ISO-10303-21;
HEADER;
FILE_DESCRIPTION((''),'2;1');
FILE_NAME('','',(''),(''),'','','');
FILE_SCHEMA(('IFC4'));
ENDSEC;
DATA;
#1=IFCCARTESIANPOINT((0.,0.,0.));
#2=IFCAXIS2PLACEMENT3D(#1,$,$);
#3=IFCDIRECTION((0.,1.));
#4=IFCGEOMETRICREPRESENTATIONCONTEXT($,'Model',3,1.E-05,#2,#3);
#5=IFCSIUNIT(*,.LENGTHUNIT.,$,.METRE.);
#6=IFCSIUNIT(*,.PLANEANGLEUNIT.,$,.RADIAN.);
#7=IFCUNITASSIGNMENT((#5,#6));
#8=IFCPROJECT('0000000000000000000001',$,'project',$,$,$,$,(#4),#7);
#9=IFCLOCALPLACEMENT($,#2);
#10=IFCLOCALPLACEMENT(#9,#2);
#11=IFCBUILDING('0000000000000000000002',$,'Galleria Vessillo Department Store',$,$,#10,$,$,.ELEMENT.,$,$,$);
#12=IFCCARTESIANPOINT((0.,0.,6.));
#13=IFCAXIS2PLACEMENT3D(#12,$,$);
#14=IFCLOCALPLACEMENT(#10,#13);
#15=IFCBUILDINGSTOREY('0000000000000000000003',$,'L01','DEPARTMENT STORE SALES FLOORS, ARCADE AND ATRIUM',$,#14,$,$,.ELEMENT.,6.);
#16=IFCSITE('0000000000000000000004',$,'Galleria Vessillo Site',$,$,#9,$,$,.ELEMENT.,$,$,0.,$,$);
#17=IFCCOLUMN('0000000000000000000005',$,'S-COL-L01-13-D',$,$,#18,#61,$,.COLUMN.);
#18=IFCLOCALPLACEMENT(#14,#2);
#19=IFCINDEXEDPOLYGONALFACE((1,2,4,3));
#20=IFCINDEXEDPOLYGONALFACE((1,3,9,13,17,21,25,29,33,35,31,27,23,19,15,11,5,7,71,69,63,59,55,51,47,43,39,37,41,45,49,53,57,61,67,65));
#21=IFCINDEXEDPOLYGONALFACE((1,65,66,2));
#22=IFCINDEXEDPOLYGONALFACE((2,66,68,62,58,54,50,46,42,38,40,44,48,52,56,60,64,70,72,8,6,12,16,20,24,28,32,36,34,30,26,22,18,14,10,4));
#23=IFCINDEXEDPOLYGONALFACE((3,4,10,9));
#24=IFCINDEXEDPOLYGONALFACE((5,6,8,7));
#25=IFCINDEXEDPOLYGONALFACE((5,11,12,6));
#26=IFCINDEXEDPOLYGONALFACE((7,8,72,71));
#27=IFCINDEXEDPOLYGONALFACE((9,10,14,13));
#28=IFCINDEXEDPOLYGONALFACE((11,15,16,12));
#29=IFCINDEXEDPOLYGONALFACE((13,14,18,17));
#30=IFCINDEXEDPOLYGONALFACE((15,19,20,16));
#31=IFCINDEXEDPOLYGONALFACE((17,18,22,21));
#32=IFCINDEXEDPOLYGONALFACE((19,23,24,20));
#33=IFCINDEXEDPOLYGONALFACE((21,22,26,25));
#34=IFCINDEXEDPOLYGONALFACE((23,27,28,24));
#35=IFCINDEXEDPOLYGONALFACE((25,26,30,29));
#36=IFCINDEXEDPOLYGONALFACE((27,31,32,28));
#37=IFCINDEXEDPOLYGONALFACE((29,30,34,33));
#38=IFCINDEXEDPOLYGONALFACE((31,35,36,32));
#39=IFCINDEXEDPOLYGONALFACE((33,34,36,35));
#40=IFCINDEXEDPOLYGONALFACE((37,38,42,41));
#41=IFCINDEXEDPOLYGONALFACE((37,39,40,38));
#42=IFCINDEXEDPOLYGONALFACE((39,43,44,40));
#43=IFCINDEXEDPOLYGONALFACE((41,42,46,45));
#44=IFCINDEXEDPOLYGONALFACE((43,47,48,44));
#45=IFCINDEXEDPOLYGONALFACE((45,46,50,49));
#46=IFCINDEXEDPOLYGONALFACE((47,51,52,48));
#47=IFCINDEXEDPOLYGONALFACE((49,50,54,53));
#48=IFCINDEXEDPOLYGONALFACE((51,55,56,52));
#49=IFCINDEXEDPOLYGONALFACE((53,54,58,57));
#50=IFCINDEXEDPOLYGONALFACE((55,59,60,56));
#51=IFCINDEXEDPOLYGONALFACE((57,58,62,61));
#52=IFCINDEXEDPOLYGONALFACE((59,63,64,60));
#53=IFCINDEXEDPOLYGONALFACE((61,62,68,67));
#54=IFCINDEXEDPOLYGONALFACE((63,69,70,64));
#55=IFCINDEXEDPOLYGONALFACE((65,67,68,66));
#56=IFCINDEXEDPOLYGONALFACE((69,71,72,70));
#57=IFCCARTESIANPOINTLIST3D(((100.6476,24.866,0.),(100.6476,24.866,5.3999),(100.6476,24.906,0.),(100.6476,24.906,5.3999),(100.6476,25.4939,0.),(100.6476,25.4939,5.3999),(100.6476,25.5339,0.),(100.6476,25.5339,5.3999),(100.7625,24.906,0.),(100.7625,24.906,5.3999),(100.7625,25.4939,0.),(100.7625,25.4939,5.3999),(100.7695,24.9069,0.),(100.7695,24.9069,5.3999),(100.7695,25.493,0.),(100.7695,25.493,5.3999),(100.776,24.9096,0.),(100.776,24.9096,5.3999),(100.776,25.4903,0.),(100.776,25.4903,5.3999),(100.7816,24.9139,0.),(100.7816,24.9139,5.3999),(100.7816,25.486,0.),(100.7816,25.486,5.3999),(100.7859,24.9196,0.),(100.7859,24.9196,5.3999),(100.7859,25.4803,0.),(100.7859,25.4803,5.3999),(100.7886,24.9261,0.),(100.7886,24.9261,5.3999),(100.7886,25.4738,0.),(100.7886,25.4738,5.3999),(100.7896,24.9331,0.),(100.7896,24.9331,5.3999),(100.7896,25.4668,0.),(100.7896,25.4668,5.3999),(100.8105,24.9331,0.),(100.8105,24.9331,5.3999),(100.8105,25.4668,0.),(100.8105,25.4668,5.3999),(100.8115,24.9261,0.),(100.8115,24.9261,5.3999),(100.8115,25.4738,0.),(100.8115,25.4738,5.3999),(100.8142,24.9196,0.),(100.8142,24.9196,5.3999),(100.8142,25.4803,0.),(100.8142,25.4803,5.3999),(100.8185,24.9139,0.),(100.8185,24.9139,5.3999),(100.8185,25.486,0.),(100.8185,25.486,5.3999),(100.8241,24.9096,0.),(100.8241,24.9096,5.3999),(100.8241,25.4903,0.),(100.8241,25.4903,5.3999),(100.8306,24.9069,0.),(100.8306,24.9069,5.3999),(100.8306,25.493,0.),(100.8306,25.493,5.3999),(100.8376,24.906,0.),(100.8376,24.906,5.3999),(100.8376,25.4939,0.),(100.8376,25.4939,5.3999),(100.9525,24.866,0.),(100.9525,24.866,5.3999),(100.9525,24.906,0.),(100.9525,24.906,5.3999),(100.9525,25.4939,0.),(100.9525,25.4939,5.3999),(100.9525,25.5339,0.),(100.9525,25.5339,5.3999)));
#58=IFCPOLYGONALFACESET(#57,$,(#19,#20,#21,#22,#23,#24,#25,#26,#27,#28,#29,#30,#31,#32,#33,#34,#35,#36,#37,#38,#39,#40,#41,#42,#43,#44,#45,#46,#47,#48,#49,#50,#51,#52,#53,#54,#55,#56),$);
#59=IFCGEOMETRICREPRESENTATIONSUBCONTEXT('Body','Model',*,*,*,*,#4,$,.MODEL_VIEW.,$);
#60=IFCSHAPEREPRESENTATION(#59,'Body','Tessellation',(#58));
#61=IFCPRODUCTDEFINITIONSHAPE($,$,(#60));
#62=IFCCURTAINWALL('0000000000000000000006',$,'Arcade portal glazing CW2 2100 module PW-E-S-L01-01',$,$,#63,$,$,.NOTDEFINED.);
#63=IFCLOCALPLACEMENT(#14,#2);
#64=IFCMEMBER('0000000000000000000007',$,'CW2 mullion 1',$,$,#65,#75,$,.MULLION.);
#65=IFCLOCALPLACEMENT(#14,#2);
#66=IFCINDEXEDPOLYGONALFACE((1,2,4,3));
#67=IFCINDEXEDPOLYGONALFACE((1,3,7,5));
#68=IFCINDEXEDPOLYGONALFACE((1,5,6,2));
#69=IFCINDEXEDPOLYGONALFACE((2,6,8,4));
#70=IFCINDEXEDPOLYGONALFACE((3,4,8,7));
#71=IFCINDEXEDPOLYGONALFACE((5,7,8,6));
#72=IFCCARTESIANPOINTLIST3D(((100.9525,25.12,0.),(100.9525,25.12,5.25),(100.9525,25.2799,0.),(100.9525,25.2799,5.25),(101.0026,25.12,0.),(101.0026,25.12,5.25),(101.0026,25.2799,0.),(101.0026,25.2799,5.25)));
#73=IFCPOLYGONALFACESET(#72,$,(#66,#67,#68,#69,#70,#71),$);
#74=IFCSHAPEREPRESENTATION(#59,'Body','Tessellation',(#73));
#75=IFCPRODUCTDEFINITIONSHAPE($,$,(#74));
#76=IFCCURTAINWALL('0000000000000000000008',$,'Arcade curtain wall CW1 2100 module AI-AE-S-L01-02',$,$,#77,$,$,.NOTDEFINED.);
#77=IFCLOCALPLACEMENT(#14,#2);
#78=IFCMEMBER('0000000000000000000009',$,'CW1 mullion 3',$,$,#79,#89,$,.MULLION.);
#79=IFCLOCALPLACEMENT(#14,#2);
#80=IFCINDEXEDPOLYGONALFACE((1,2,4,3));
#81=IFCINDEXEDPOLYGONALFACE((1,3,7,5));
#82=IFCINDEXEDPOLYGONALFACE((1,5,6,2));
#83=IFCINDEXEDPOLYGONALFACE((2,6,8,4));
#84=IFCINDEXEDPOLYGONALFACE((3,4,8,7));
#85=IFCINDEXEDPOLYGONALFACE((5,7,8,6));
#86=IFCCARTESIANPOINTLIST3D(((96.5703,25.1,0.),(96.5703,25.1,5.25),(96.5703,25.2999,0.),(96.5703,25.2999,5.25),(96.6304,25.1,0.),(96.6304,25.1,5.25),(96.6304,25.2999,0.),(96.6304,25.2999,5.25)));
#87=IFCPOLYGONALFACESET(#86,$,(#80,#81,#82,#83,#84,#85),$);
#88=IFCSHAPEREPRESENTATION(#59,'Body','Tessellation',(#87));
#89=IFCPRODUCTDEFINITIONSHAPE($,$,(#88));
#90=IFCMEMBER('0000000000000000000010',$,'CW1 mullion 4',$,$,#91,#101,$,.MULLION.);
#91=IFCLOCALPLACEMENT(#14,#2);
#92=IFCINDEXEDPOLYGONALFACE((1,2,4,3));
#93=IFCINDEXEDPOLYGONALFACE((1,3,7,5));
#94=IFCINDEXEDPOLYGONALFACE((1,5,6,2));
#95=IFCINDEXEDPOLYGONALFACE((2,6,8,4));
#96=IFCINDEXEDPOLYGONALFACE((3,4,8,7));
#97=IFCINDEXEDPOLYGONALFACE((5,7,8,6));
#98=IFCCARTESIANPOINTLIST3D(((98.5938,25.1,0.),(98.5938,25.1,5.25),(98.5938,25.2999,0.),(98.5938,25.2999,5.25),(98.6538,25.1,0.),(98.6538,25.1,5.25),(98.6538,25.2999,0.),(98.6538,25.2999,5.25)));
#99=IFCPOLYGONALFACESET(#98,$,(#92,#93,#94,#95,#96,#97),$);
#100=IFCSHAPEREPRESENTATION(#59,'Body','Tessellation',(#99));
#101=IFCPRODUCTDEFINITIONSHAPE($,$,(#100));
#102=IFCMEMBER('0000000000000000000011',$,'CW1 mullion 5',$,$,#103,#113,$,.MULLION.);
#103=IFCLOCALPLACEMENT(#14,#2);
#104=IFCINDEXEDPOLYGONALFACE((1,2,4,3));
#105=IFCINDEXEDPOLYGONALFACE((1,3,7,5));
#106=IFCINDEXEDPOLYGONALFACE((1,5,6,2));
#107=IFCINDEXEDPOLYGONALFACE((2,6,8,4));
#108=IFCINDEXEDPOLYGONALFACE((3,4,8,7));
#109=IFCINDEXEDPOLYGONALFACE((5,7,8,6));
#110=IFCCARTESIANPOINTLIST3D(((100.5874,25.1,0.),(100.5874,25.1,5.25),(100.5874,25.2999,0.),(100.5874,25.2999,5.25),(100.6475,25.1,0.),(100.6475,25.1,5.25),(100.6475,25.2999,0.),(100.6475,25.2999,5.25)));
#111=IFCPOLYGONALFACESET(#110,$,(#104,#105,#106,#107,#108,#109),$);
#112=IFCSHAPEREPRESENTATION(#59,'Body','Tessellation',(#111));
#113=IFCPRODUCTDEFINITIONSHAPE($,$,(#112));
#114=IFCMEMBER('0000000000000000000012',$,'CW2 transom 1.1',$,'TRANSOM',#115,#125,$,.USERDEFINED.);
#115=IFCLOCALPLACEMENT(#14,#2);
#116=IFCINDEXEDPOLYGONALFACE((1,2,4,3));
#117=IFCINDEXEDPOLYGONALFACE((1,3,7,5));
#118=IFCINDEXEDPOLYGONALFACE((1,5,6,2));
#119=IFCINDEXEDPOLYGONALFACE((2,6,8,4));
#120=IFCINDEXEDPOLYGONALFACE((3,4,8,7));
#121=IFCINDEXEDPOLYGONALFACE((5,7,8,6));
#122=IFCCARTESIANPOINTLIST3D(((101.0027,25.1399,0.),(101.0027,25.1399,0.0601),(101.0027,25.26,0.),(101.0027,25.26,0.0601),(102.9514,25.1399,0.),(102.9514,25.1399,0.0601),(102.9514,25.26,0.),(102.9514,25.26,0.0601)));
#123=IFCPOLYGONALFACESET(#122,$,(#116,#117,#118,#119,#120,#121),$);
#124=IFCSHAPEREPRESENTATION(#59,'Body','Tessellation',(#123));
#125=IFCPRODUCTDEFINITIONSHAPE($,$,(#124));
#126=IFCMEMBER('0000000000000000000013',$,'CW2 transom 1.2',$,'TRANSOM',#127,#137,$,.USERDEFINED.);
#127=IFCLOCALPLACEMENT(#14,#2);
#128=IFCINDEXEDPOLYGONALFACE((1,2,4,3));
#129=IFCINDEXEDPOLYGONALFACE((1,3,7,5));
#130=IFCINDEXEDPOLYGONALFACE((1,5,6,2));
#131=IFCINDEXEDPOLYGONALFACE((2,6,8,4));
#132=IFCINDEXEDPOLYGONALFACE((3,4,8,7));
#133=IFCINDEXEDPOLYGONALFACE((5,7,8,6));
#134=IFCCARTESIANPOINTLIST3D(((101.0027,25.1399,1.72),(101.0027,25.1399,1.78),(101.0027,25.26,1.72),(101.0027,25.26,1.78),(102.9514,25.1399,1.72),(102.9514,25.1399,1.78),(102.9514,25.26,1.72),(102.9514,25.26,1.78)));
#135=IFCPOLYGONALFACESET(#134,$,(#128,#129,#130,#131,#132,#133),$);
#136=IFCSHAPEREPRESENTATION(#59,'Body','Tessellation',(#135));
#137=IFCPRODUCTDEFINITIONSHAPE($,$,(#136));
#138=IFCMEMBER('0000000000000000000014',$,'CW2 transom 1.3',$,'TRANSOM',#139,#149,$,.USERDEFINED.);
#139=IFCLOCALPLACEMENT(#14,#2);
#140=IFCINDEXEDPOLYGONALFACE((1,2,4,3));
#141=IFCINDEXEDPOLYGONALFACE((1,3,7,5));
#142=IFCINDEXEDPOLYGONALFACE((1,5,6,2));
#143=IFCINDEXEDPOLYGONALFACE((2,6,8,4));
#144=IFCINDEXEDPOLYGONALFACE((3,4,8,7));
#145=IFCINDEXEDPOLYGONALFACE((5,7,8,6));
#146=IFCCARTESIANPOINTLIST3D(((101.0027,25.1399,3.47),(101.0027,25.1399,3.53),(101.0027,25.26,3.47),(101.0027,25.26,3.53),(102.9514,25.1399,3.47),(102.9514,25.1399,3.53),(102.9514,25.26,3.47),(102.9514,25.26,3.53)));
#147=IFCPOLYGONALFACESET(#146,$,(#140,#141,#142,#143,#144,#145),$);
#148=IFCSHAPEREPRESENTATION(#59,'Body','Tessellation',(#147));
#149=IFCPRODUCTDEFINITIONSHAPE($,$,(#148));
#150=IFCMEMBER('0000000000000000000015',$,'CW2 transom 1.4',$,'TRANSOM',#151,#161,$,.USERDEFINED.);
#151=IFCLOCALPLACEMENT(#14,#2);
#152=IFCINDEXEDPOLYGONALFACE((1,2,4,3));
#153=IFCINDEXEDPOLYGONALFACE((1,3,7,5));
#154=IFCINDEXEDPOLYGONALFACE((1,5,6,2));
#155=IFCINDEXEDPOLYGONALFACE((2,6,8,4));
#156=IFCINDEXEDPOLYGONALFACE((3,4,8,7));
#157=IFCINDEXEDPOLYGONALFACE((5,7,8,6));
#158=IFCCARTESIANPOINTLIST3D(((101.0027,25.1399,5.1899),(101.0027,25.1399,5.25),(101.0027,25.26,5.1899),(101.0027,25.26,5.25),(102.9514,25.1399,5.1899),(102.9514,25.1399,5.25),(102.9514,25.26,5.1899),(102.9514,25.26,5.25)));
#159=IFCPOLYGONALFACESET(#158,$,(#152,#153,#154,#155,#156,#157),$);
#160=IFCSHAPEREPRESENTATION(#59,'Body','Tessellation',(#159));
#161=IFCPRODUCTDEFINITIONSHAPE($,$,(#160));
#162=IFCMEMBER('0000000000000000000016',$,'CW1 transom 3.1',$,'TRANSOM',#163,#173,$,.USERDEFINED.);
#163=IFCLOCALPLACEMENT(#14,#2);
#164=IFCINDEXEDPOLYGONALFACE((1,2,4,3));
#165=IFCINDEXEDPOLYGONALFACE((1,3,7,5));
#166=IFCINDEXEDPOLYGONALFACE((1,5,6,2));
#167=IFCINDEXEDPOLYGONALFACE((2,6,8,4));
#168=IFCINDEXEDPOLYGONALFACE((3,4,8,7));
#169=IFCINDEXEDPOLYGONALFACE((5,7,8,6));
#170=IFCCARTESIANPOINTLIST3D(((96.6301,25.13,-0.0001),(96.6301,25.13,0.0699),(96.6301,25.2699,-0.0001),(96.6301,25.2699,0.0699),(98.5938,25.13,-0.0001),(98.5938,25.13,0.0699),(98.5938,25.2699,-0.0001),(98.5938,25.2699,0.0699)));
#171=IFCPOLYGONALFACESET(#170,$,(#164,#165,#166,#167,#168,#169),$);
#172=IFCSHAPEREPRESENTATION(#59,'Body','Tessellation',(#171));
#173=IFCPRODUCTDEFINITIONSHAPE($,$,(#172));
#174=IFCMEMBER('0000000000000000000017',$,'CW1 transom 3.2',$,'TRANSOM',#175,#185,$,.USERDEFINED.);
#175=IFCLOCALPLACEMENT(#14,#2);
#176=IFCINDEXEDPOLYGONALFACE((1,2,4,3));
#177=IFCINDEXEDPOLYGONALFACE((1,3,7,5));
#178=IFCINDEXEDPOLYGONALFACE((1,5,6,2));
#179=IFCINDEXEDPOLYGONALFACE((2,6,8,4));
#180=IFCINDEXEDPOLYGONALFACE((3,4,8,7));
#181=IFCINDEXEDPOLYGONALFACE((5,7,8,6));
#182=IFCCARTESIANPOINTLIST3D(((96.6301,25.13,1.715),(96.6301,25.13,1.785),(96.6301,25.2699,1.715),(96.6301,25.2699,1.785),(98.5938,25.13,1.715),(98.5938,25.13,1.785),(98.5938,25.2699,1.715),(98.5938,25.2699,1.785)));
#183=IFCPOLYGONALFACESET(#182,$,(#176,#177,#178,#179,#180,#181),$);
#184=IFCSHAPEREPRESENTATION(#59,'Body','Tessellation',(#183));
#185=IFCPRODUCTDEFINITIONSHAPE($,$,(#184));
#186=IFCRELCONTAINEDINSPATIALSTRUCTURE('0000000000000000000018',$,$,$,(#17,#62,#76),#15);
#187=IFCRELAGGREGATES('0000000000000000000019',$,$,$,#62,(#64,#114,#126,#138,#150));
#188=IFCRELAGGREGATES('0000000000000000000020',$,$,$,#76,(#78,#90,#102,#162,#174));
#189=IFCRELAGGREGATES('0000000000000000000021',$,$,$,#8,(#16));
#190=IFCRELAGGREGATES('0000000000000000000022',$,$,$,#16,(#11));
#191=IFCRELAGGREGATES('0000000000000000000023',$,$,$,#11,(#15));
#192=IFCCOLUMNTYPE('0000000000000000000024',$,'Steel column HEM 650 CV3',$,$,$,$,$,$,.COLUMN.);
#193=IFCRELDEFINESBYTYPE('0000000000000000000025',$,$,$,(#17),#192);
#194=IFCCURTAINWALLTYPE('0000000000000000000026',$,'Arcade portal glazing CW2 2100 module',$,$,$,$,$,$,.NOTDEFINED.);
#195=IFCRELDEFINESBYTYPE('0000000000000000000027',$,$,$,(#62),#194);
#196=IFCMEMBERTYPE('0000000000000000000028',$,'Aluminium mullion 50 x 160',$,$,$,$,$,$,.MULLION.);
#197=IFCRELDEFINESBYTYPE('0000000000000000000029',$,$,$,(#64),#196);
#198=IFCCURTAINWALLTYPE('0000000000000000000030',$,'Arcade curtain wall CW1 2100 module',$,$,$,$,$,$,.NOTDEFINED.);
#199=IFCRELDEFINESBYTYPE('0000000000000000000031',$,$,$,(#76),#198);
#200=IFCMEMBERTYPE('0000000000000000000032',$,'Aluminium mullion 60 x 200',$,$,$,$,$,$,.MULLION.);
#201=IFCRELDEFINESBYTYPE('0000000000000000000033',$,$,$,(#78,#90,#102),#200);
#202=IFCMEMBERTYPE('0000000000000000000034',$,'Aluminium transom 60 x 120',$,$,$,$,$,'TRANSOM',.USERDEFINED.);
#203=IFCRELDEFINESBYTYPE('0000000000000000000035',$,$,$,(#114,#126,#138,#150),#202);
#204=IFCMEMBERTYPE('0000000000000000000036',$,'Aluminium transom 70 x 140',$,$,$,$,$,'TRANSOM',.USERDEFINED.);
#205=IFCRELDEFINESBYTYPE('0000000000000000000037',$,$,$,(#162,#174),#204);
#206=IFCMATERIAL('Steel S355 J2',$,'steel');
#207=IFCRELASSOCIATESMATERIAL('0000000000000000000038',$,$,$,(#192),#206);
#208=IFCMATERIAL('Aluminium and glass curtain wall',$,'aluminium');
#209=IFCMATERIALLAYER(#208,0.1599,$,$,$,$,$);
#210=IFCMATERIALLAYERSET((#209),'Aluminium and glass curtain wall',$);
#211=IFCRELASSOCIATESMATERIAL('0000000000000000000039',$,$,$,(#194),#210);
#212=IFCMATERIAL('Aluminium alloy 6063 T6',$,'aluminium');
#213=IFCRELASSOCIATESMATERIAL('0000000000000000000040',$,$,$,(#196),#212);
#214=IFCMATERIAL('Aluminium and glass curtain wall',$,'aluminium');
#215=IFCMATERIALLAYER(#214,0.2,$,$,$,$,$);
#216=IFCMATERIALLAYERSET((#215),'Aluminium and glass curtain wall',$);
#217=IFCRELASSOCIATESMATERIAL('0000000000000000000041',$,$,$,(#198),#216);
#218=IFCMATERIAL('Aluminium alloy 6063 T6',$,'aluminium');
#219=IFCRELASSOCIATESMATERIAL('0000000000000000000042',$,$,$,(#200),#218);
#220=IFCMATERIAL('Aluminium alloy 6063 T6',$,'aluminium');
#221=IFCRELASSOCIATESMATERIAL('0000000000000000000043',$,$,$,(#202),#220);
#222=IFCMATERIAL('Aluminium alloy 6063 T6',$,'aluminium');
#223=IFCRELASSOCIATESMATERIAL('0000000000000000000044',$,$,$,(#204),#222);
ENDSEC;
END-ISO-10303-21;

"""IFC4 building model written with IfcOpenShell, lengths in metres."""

from ifc_helpers import new_model, si_unit, direction, frame, origin, origin_2d, place, context, subcontext, project, spatial, rectangle, i_section, extrude, material, layer, layer_set, material_profile, profile_set, type_object, element, aggregate, save


model = new_model("IFC4")

# Units and contexts
model_context = context("Model", 3, precision=1e-05, world=origin(), true_north=direction((0.0, 1.0)))
body_context = subcontext(model_context, "Body", "Model", "MODEL_VIEW")
ifc_project = project(units=[si_unit("LENGTHUNIT", "METRE"), si_unit("PLANEANGLEUNIT", "RADIAN")], contexts=[model_context])

# Site, building, storey
site_placement = place(None, origin())
site = spatial("IfcSite", under=ifc_project, at=site_placement, Name="Galleria Vessillo Site", CompositionType="ELEMENT", RefElevation=0.0)
building_placement = place(site_placement, origin())
building = spatial("IfcBuilding", under=site, at=building_placement, Name="Galleria Vessillo Department Store", CompositionType="ELEMENT")
storey_placement = place(building_placement, frame((0.0, 0.0, 6.0)))
storey = spatial("IfcBuildingStorey", under=building, at=storey_placement, Name="L01", Description="DEPARTMENT STORE SALES FLOORS, ARCADE AND ATRIUM", CompositionType="ELEMENT", Elevation=6.0)

# Column
ifc_material_1 = material(Name="Steel S355 J2", Category="steel")
ifc_material_profile_1 = material_profile(ifc_material_1, i_section(OverallWidth=0.3049, OverallDepth=0.668, WebThickness=0.021, FlangeThickness=0.04, FilletRadius=0.0271, at=origin_2d()), Name="HEM 650")
ifc_profile_set_1 = profile_set([ifc_material_profile_1], Name="Steel S355 J2")
column_type = type_object("IfcColumnType", Name="Steel column HEM 650 CV3", PredefinedType="COLUMN", material=ifc_profile_set_1)
column_placement = place(storey_placement, frame((100.8, 25.2, 0.0), z_axis=(0.0, 0.0, 1.0), x_axis=(1.0, 0.0, 0.0)))
element("IfcColumn", 1, at=column_placement, inside=storey, type_object=column_type, Name="S-COL-L01-13-D", PredefinedType="COLUMN", context=body_context, shape_type="SweptSolid", body=[
    extrude(i_section(OverallWidth=0.3049, OverallDepth=0.668, WebThickness=0.021, FlangeThickness=0.04, FilletRadius=0.0271, at=origin_2d()), origin(), (0.0, 0.0, 1.0), 5.3999),
])

# Curtain wall, member
ifc_material_2 = material(Name="Aluminium and glass curtain wall", Category="aluminium")
ifc_layer_1 = layer(ifc_material_2, 0.1599)
ifc_layer_set_1 = layer_set([ifc_layer_1], Name="Aluminium and glass curtain wall")
curtain_wall_type_1 = type_object("IfcCurtainWallType", Name="Arcade portal glazing CW2 2100 module", PredefinedType="NOTDEFINED", material=ifc_layer_set_1)
curtain_wall_1_placement = place(storey_placement, origin())
curtain_wall_1 = element("IfcCurtainWall", 2, at=curtain_wall_1_placement, inside=storey, type_object=curtain_wall_type_1, Name="Arcade portal glazing CW2 2100 module PW-E-S-L01-01", PredefinedType="NOTDEFINED")
ifc_material_3 = material(Name="Aluminium alloy 6063 T6", Category="aluminium")
ifc_material_profile_2 = material_profile(ifc_material_3, rectangle(XDim=0.1599, YDim=0.05, at=origin_2d()), Name="AL 50x160")
ifc_profile_set_2 = profile_set([ifc_material_profile_2], Name="Aluminium alloy 6063 T6")
member_type_1 = type_object("IfcMemberType", Name="Aluminium mullion 50 x 160", PredefinedType="MULLION", material=ifc_profile_set_2)
member_1_placement = place(storey_placement, frame((100.9775, 25.2, 0.0), z_axis=(0.0, 0.0, 1.0), x_axis=(0.0, 1.0, 0.0)))
member_1 = element("IfcMember", 3, at=member_1_placement, type_object=member_type_1, Name="CW2 mullion 1", PredefinedType="MULLION", context=body_context, shape_type="SweptSolid", body=[
    extrude(rectangle(XDim=0.1599, YDim=0.05, at=origin_2d()), origin(), (0.0, 0.0, 1.0), 5.25),
])

# Curtain wall, members
ifc_material_4 = material(Name="Aluminium and glass curtain wall", Category="aluminium")
ifc_layer_2 = layer(ifc_material_4, 0.2)
ifc_layer_set_2 = layer_set([ifc_layer_2], Name="Aluminium and glass curtain wall")
curtain_wall_type_2 = type_object("IfcCurtainWallType", Name="Arcade curtain wall CW1 2100 module", PredefinedType="NOTDEFINED", material=ifc_layer_set_2)
curtain_wall_2_placement = place(storey_placement, origin())
curtain_wall_2 = element("IfcCurtainWall", 4, at=curtain_wall_2_placement, inside=storey, type_object=curtain_wall_type_2, Name="Arcade curtain wall CW1 2100 module AI-AE-S-L01-02", PredefinedType="NOTDEFINED")
ifc_material_5 = material(Name="Aluminium alloy 6063 T6", Category="aluminium")
ifc_material_profile_3 = material_profile(ifc_material_5, rectangle(XDim=0.2, YDim=0.0601, at=origin_2d()), Name="AL 60x200")
ifc_profile_set_3 = profile_set([ifc_material_profile_3], Name="Aluminium alloy 6063 T6")
member_type_2 = type_object("IfcMemberType", Name="Aluminium mullion 60 x 200", PredefinedType="MULLION", material=ifc_profile_set_3)
member_2_placement = place(storey_placement, frame((96.6003, 25.2, 0.0), z_axis=(0.0, 0.0, 1.0), x_axis=(0.0, 1.0, 0.0)))
member_2 = element("IfcMember", 5, at=member_2_placement, type_object=member_type_2, Name="CW1 mullion 3", PredefinedType="MULLION", context=body_context, shape_type="SweptSolid", body=[
    extrude(rectangle(XDim=0.2, YDim=0.0601, at=origin_2d()), origin(), (0.0, 0.0, 1.0), 5.25),
])
member_3_placement = place(storey_placement, frame((98.6238, 25.2, 0.0), z_axis=(0.0, 0.0, 1.0), x_axis=(0.0, 1.0, 0.0)))
member_3 = element("IfcMember", 6, at=member_3_placement, type_object=member_type_2, Name="CW1 mullion 4", PredefinedType="MULLION", context=body_context, shape_type="SweptSolid", body=[
    extrude(rectangle(XDim=0.2, YDim=0.0601, at=origin_2d()), origin(), (0.0, 0.0, 1.0), 5.25),
])
member_4_placement = place(storey_placement, frame((100.6174, 25.2, 0.0), z_axis=(0.0, 0.0, 1.0), x_axis=(0.0, 1.0, 0.0)))
member_4 = element("IfcMember", 7, at=member_4_placement, type_object=member_type_2, Name="CW1 mullion 5", PredefinedType="MULLION", context=body_context, shape_type="SweptSolid", body=[
    extrude(rectangle(XDim=0.2, YDim=0.0601, at=origin_2d()), origin(), (0.0, 0.0, 1.0), 5.25),
])

# Members
ifc_material_6 = material(Name="Aluminium alloy 6063 T6", Category="aluminium")
ifc_material_profile_4 = material_profile(ifc_material_6, rectangle(XDim=0.1201, YDim=0.0601, at=origin_2d()), Name="AL 60x120")
ifc_profile_set_4 = profile_set([ifc_material_profile_4], Name="Aluminium alloy 6063 T6")
member_type_3 = type_object("IfcMemberType", Name="Aluminium transom 60 x 120", ElementType="TRANSOM", PredefinedType="USERDEFINED", material=ifc_profile_set_4)
member_5_placement = place(storey_placement, frame((101.0027, 25.2, 0.03), z_axis=(1.0, 0.0, 0.0), x_axis=(0.0, 1.0, 0.0)))
member_5 = element("IfcMember", 8, at=member_5_placement, type_object=member_type_3, Name="CW2 transom 1.1", ObjectType="TRANSOM", PredefinedType="USERDEFINED", context=body_context, shape_type="SweptSolid", body=[
    extrude(rectangle(XDim=0.1201, YDim=0.0601, at=origin_2d()), origin(), (0.0, 0.0, 1.0), 1.9487),
])
member_6_placement = place(storey_placement, frame((101.0027, 25.2, 1.75), z_axis=(1.0, 0.0, 0.0), x_axis=(0.0, 1.0, 0.0)))
member_6 = element("IfcMember", 9, at=member_6_placement, type_object=member_type_3, Name="CW2 transom 1.2", ObjectType="TRANSOM", PredefinedType="USERDEFINED", context=body_context, shape_type="SweptSolid", body=[
    extrude(rectangle(XDim=0.1201, YDim=0.0601, at=origin_2d()), origin(), (0.0, 0.0, 1.0), 1.9487),
])
member_7_placement = place(storey_placement, frame((101.0027, 25.2, 3.5), z_axis=(1.0, 0.0, 0.0), x_axis=(0.0, 1.0, 0.0)))
member_7 = element("IfcMember", 10, at=member_7_placement, type_object=member_type_3, Name="CW2 transom 1.3", ObjectType="TRANSOM", PredefinedType="USERDEFINED", context=body_context, shape_type="SweptSolid", body=[
    extrude(rectangle(XDim=0.1201, YDim=0.0601, at=origin_2d()), origin(), (0.0, 0.0, 1.0), 1.9487),
])
member_8_placement = place(storey_placement, frame((101.0027, 25.2, 5.22), z_axis=(1.0, 0.0, 0.0), x_axis=(0.0, 1.0, 0.0)))
member_8 = element("IfcMember", 11, at=member_8_placement, type_object=member_type_3, Name="CW2 transom 1.4", ObjectType="TRANSOM", PredefinedType="USERDEFINED", context=body_context, shape_type="SweptSolid", body=[
    extrude(rectangle(XDim=0.1201, YDim=0.0601, at=origin_2d()), origin(), (0.0, 0.0, 1.0), 1.9487),
])
ifc_material_7 = material(Name="Aluminium alloy 6063 T6", Category="aluminium")
ifc_material_profile_5 = material_profile(ifc_material_7, rectangle(XDim=0.1399, YDim=0.0701, at=origin_2d()), Name="AL 70x140")
ifc_profile_set_5 = profile_set([ifc_material_profile_5], Name="Aluminium alloy 6063 T6")
member_type_4 = type_object("IfcMemberType", Name="Aluminium transom 70 x 140", ElementType="TRANSOM", PredefinedType="USERDEFINED", material=ifc_profile_set_5)
member_9_placement = place(storey_placement, frame((96.6301, 25.2, 0.0349), z_axis=(1.0, 0.0, 0.0), x_axis=(0.0, 1.0, 0.0)))
member_9 = element("IfcMember", 12, at=member_9_placement, type_object=member_type_4, Name="CW1 transom 3.1", ObjectType="TRANSOM", PredefinedType="USERDEFINED", context=body_context, shape_type="SweptSolid", body=[
    extrude(rectangle(XDim=0.1399, YDim=0.0701, at=origin_2d()), origin(), (0.0, 0.0, 1.0), 1.9636),
])
member_10_placement = place(storey_placement, frame((96.6301, 25.2, 1.75), z_axis=(1.0, 0.0, 0.0), x_axis=(0.0, 1.0, 0.0)))
member_10 = element("IfcMember", 13, at=member_10_placement, type_object=member_type_4, Name="CW1 transom 3.2", ObjectType="TRANSOM", PredefinedType="USERDEFINED", context=body_context, shape_type="SweptSolid", body=[
    extrude(rectangle(XDim=0.1399, YDim=0.0701, at=origin_2d()), origin(), (0.0, 0.0, 1.0), 1.9636),
])

aggregate(curtain_wall_1, [member_1, member_5, member_6, member_7, member_8])
aggregate(curtain_wall_2, [member_2, member_3, member_4, member_9, member_10])

save(model, "model.ifc")
